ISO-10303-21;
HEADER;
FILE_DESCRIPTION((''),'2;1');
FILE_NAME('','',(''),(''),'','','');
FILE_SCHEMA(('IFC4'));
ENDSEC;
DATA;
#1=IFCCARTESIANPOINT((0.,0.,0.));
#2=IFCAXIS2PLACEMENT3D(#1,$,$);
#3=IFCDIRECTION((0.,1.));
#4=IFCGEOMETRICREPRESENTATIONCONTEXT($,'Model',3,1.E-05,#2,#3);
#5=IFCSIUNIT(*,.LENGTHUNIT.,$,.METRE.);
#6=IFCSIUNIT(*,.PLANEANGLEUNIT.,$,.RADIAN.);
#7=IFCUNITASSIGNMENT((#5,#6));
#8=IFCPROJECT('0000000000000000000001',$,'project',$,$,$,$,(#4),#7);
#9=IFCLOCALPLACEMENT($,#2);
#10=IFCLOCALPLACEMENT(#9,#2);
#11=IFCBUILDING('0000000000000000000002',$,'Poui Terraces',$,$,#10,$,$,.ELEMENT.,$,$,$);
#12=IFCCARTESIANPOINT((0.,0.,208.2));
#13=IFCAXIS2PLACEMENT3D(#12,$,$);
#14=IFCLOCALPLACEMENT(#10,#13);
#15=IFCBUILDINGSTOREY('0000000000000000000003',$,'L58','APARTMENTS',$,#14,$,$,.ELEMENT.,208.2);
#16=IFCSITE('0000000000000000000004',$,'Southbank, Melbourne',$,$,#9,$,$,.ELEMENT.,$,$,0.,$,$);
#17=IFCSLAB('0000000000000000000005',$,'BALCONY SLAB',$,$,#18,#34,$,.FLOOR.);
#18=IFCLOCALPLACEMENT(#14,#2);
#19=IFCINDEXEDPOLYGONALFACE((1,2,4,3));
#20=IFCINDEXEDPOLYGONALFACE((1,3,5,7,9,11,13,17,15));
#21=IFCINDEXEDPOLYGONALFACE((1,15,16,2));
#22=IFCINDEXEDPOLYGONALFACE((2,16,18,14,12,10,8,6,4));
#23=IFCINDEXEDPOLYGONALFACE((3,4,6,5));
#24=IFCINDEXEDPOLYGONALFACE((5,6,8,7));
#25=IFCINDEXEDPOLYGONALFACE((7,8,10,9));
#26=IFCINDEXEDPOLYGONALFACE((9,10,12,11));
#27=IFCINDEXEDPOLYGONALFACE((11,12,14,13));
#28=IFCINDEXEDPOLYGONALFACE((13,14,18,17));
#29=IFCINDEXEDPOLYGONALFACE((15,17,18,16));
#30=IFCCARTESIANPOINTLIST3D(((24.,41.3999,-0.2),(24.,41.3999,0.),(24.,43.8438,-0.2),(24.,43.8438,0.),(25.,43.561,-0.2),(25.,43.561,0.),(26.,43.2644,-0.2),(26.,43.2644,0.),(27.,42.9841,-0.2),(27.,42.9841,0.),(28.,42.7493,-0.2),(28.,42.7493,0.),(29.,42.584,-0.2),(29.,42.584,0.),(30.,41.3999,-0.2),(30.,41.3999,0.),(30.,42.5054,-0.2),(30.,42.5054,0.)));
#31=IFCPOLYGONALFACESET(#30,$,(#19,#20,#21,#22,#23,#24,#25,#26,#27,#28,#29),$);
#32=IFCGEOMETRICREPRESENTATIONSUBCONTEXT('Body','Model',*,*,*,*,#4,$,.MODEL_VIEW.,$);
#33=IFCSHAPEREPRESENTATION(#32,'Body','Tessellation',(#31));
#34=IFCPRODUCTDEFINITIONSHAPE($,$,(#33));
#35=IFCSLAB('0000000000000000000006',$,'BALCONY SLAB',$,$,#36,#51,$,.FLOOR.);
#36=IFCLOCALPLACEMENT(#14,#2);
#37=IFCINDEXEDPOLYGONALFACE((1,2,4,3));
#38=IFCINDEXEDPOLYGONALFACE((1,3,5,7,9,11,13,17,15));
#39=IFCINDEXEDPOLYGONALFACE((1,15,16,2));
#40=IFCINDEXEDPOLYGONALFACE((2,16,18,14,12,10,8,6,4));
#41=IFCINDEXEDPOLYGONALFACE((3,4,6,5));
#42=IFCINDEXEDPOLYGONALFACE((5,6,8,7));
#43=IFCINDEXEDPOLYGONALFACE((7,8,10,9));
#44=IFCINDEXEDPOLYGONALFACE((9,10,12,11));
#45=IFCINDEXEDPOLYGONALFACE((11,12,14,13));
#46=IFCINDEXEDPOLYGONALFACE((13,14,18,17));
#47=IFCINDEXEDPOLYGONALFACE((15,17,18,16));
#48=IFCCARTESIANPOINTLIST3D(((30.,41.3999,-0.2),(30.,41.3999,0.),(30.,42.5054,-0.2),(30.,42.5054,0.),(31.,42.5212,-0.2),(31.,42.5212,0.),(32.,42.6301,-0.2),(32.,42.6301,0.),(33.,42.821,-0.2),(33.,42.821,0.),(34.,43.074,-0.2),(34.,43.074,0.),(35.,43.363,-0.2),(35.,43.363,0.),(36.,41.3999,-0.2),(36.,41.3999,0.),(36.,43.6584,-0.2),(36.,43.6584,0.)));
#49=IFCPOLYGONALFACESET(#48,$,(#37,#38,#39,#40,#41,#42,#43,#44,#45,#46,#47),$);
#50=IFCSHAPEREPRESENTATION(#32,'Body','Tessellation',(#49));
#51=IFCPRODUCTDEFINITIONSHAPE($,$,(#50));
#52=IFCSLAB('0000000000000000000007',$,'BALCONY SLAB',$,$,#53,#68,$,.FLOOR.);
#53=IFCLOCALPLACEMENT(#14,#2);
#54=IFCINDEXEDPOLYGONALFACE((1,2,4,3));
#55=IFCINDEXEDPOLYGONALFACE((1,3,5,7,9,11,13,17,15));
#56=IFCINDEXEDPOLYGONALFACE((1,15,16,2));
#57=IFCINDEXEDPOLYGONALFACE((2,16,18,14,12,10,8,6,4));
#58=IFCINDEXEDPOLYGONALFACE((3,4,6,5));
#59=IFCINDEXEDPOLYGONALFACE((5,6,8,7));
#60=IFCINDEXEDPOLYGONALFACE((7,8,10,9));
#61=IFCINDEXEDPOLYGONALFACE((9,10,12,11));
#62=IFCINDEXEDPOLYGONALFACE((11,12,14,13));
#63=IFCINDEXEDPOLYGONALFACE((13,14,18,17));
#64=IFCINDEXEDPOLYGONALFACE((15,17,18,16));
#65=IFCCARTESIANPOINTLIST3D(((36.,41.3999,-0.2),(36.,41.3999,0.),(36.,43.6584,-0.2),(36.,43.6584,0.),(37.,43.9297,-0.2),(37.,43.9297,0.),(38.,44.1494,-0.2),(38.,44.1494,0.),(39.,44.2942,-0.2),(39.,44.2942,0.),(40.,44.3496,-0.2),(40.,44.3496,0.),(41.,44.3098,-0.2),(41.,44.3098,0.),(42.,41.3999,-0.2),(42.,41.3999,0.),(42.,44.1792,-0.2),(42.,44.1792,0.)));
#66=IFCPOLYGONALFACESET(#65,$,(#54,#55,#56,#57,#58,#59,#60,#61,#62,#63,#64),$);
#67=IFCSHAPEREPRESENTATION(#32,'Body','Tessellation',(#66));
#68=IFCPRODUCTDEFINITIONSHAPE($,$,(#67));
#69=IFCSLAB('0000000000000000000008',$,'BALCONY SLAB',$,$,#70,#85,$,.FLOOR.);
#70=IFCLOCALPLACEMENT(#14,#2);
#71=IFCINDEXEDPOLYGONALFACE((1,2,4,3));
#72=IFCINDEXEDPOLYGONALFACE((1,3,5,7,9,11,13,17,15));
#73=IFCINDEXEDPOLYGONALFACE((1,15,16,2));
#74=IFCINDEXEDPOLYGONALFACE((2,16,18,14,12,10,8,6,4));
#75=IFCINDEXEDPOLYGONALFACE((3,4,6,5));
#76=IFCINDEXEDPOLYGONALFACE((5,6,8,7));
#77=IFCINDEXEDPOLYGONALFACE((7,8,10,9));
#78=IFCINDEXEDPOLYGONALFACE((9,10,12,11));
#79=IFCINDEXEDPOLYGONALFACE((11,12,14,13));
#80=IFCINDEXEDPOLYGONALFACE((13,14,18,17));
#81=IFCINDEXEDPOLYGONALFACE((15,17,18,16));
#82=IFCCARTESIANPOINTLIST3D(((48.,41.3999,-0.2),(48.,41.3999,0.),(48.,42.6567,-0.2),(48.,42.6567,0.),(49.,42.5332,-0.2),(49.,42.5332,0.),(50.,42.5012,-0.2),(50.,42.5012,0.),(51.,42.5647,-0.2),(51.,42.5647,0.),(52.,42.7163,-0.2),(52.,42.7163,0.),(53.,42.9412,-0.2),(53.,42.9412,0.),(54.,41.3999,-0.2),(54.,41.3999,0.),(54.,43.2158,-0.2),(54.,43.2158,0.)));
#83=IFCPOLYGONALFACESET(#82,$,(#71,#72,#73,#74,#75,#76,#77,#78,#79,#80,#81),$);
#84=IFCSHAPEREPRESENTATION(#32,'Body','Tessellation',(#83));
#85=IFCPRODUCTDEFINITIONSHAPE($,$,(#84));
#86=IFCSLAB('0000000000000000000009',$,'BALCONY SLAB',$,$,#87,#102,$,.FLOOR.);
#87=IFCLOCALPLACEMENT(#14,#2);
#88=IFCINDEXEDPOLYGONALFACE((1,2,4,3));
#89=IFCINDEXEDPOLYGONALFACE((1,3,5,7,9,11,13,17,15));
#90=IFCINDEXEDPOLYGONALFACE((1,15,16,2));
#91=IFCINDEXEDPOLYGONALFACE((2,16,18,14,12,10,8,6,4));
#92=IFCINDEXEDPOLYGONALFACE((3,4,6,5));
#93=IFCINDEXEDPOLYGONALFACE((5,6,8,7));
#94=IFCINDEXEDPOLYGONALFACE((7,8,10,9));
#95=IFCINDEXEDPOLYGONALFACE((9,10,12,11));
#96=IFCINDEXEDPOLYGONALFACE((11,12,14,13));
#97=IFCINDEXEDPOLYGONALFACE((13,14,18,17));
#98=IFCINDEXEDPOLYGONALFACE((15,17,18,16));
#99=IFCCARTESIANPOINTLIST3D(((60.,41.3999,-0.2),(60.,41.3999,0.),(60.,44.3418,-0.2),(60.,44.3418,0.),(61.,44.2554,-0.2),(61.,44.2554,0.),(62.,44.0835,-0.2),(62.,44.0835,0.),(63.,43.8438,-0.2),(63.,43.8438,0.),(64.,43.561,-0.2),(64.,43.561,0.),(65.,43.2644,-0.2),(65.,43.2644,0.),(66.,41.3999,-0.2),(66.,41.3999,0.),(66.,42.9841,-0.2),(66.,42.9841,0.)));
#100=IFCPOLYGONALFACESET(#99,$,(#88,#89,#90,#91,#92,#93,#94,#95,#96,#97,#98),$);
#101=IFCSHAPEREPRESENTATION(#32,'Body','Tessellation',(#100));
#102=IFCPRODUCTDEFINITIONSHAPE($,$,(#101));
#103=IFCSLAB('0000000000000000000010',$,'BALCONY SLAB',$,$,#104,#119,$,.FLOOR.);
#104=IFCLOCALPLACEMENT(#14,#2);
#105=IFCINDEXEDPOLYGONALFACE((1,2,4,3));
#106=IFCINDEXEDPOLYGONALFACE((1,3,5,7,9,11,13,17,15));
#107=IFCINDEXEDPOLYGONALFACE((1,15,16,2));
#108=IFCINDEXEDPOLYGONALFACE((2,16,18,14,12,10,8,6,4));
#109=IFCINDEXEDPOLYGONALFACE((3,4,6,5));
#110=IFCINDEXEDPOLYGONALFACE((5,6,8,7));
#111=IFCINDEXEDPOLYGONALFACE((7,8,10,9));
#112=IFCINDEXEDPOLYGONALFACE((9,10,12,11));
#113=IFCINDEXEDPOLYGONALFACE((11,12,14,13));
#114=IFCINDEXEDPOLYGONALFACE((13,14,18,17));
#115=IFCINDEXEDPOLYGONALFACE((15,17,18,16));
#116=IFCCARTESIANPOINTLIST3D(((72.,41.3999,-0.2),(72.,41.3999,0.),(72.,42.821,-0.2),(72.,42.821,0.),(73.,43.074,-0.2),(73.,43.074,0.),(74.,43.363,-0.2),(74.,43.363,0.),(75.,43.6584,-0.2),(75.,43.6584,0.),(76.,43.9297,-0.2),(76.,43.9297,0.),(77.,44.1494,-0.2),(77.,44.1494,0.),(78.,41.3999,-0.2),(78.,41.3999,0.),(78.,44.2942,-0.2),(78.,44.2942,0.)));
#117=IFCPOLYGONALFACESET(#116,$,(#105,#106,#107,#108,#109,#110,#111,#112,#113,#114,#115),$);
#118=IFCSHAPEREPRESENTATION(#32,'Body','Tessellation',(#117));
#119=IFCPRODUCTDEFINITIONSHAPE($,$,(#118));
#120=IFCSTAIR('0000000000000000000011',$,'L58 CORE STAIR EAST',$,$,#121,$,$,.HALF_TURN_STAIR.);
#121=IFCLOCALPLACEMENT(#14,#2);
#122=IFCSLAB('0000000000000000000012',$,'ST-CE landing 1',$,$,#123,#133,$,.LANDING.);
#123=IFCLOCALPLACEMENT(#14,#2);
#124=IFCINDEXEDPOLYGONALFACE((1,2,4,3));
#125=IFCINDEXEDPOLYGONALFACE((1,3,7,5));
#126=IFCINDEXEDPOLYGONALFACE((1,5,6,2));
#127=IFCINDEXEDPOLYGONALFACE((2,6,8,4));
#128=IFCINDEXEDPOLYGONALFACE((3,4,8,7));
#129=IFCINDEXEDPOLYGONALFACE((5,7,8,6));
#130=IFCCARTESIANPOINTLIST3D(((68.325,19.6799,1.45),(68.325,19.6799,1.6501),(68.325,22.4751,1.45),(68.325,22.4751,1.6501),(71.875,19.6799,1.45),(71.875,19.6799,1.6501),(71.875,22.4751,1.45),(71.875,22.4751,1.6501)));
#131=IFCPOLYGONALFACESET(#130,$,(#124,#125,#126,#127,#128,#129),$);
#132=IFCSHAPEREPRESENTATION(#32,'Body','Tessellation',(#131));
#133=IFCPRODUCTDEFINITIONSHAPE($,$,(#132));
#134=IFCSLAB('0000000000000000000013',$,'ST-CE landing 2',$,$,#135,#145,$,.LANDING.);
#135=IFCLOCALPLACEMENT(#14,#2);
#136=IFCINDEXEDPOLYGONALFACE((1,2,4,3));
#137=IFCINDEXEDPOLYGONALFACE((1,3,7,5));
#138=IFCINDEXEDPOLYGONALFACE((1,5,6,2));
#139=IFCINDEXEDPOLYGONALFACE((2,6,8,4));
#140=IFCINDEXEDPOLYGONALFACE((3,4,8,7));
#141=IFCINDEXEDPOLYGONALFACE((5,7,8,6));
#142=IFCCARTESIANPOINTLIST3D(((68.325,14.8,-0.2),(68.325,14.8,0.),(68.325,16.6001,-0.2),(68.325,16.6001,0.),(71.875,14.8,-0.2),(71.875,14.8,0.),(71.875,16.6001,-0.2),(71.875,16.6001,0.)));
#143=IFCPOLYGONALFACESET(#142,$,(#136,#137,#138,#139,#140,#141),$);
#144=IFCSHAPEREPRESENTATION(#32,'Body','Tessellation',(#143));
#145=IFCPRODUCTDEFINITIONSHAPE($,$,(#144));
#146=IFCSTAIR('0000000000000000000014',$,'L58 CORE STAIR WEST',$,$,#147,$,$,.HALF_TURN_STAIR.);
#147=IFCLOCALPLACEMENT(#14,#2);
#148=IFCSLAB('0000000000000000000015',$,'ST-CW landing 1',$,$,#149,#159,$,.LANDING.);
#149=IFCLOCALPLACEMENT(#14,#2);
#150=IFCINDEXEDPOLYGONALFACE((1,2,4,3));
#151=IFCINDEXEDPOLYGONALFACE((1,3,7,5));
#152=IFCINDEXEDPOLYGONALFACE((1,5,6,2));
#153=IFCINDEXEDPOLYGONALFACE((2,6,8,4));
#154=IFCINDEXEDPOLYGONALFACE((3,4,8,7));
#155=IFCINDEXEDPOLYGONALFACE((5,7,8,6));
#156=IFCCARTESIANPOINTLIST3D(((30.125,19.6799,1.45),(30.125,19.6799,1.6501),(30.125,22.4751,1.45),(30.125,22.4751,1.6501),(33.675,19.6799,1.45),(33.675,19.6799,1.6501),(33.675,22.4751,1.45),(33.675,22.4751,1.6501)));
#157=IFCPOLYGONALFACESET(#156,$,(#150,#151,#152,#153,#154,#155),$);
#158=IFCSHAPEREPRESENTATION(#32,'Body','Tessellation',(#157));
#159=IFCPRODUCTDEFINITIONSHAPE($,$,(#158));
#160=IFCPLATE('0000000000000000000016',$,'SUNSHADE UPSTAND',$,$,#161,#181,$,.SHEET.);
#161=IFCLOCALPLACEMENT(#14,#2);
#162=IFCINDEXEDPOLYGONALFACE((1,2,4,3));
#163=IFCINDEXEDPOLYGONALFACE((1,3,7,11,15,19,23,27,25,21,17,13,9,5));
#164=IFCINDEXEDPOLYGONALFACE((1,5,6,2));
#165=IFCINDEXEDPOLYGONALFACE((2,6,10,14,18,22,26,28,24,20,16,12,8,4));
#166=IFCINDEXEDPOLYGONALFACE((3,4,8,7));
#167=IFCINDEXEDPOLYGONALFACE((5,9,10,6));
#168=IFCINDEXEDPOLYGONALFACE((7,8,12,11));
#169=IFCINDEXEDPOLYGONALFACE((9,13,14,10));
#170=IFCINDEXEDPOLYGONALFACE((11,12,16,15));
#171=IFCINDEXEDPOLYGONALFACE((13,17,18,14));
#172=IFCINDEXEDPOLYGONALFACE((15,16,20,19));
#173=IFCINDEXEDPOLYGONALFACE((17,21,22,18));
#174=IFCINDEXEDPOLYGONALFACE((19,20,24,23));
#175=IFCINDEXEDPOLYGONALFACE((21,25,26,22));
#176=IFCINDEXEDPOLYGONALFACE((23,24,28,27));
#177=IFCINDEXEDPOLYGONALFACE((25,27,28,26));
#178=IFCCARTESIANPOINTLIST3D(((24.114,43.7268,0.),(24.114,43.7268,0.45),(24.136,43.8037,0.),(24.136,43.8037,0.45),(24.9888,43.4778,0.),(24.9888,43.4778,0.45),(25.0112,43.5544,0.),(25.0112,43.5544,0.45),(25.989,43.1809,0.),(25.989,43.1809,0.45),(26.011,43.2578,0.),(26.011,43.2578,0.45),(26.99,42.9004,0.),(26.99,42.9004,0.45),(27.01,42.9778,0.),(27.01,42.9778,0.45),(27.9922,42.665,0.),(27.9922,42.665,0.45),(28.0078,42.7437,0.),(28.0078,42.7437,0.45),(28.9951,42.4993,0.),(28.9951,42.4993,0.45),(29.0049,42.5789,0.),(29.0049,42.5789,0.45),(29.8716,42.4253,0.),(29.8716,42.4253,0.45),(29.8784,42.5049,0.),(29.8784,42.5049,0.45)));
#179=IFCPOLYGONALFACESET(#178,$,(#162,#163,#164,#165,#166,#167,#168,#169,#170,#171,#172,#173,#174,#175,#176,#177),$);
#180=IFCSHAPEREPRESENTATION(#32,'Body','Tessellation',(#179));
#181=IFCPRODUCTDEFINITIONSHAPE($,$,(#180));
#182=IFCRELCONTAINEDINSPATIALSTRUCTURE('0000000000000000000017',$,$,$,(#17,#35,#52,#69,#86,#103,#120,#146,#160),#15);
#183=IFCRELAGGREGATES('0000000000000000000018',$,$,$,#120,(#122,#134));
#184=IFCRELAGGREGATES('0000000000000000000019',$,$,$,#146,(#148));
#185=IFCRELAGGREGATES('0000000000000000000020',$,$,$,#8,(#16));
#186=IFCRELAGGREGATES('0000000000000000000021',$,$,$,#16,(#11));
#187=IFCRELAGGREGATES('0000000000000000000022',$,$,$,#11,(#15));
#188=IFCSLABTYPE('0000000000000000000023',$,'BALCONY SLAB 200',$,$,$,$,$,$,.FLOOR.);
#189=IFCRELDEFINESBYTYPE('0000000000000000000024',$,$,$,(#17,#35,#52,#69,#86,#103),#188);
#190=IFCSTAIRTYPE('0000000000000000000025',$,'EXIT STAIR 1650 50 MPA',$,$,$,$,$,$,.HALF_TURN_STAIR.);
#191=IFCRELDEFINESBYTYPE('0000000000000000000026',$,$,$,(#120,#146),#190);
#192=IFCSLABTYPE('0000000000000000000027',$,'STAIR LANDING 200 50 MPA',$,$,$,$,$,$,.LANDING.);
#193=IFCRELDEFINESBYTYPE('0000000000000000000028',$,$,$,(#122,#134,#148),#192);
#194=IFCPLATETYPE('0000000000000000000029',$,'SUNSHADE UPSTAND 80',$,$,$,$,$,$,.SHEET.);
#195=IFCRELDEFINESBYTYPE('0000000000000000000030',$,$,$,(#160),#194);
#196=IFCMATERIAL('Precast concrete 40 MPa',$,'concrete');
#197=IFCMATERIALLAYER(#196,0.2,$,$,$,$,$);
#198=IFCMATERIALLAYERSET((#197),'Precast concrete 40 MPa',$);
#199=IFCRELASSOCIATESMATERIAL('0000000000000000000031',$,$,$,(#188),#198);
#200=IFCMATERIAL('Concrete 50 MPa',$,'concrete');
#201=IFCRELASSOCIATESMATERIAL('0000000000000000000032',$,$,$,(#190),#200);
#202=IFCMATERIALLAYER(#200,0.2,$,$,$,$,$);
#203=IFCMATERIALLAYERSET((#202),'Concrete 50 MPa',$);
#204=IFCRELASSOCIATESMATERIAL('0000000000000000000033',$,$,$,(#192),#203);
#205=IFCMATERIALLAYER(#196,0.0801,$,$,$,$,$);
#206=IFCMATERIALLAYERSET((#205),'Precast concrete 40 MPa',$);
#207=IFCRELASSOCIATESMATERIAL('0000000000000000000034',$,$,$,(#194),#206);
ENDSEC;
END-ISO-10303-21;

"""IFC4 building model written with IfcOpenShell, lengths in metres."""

from ifc_helpers import new_model, si_unit, direction, frame, origin, place, context, subcontext, project, spatial, polyline, outline, extrude, material, layer, layer_set, type_object, element, aggregate, save


model = new_model("IFC4")

# Units and contexts
model_context = context("Model", 3, precision=1e-05, world=origin(), true_north=direction((0.0, 1.0)))
body_context = subcontext(model_context, "Body", "Model", "MODEL_VIEW")
ifc_project = project(units=[si_unit("LENGTHUNIT", "METRE"), si_unit("PLANEANGLEUNIT", "RADIAN")], contexts=[model_context])

# Site, building, storey
site_placement = place(None, origin())
site = spatial("IfcSite", under=ifc_project, at=site_placement, Name="Southbank, Melbourne", CompositionType="ELEMENT", RefElevation=0.0)
building_placement = place(site_placement, origin())
building = spatial("IfcBuilding", under=site, at=building_placement, Name="Poui Terraces", CompositionType="ELEMENT")
storey_placement = place(building_placement, frame((0.0, 0.0, 208.2)))
storey = spatial("IfcBuildingStorey", under=building, at=storey_placement, Name="L58", Description="APARTMENTS", CompositionType="ELEMENT", Elevation=208.2)

# Slabs
ifc_material_1 = material(Name="Precast concrete 40 MPa", Category="concrete")
ifc_layer_1 = layer(ifc_material_1, 0.2)
ifc_layer_set_1 = layer_set([ifc_layer_1], Name="Precast concrete 40 MPa")
slab_type_1 = type_object("IfcSlabType", Name="BALCONY SLAB 200", PredefinedType="FLOOR", material=ifc_layer_set_1)
slab_1_placement = place(storey_placement, frame((0.0, 0.0, -0.2)))
element("IfcSlab", 1, at=slab_1_placement, inside=storey, type_object=slab_type_1, Name="BALCONY SLAB", PredefinedType="FLOOR", context=body_context, shape_type="SweptSolid", body=[
    extrude(outline(polyline([(24.0, 41.3999), (30.0, 41.3999), (30.0, 42.5054), (29.0, 42.584), (28.0, 42.7493), (27.0, 42.9841), (26.0, 43.2644), (25.0, 43.561), (24.0, 43.8438), (24.0, 41.3999)])), origin(), (0.0, 0.0, 1.0), 0.2),
])
slab_2_placement = place(storey_placement, frame((0.0, 0.0, -0.2)))
element("IfcSlab", 2, at=slab_2_placement, inside=storey, type_object=slab_type_1, Name="BALCONY SLAB", PredefinedType="FLOOR", context=body_context, shape_type="SweptSolid", body=[
    extrude(outline(polyline([(30.0, 41.3999), (36.0, 41.3999), (36.0, 43.6584), (35.0, 43.363), (34.0, 43.074), (33.0, 42.821), (32.0, 42.6301), (31.0, 42.5212), (30.0, 42.5054), (30.0, 41.3999)])), origin(), (0.0, 0.0, 1.0), 0.2),
])
slab_3_placement = place(storey_placement, frame((0.0, 0.0, -0.2)))
element("IfcSlab", 3, at=slab_3_placement, inside=storey, type_object=slab_type_1, Name="BALCONY SLAB", PredefinedType="FLOOR", context=body_context, shape_type="SweptSolid", body=[
    extrude(outline(polyline([(36.0, 41.3999), (42.0, 41.3999), (42.0, 44.1792), (41.0, 44.3098), (40.0, 44.3496), (39.0, 44.2942), (38.0, 44.1494), (37.0, 43.9297), (36.0, 43.6584), (36.0, 41.3999)])), origin(), (0.0, 0.0, 1.0), 0.2),
])
slab_4_placement = place(storey_placement, frame((0.0, 0.0, -0.2)))
element("IfcSlab", 4, at=slab_4_placement, inside=storey, type_object=slab_type_1, Name="BALCONY SLAB", PredefinedType="FLOOR", context=body_context, shape_type="SweptSolid", body=[
    extrude(outline(polyline([(48.0, 41.3999), (54.0, 41.3999), (54.0, 43.2158), (53.0, 42.9412), (52.0, 42.7163), (51.0, 42.5647), (50.0, 42.5012), (49.0, 42.5332), (48.0, 42.6567), (48.0, 41.3999)])), origin(), (0.0, 0.0, 1.0), 0.2),
])
slab_5_placement = place(storey_placement, frame((0.0, 0.0, -0.2)))
element("IfcSlab", 5, at=slab_5_placement, inside=storey, type_object=slab_type_1, Name="BALCONY SLAB", PredefinedType="FLOOR", context=body_context, shape_type="SweptSolid", body=[
    extrude(outline(polyline([(60.0, 41.3999), (66.0, 41.3999), (66.0, 42.9841), (65.0, 43.2644), (64.0, 43.561), (63.0, 43.8438), (62.0, 44.0835), (61.0, 44.2554), (60.0, 44.3418), (60.0, 41.3999)])), origin(), (0.0, 0.0, 1.0), 0.2),
])
slab_6_placement = place(storey_placement, frame((0.0, 0.0, -0.2)))
element("IfcSlab", 6, at=slab_6_placement, inside=storey, type_object=slab_type_1, Name="BALCONY SLAB", PredefinedType="FLOOR", context=body_context, shape_type="SweptSolid", body=[
    extrude(outline(polyline([(72.0, 41.3999), (78.0, 41.3999), (78.0, 44.2942), (77.0, 44.1494), (76.0, 43.9297), (75.0, 43.6584), (74.0, 43.363), (73.0, 43.074), (72.0, 42.821), (72.0, 41.3999)])), origin(), (0.0, 0.0, 1.0), 0.2),
])

# Stair, slabs
ifc_material_2 = material(Name="Concrete 50 MPa", Category="concrete")
stair_type = type_object("IfcStairType", Name="EXIT STAIR 1650 50 MPA", PredefinedType="HALF_TURN_STAIR", material=ifc_material_2)
stair_1_placement = place(storey_placement, origin())
stair_1 = element("IfcStair", 7, at=stair_1_placement, inside=storey, type_object=stair_type, Name="L58 CORE STAIR EAST", PredefinedType="HALF_TURN_STAIR")
ifc_layer_2 = layer(ifc_material_2, 0.2)
ifc_layer_set_2 = layer_set([ifc_layer_2], Name="Concrete 50 MPa")
slab_type_2 = type_object("IfcSlabType", Name="STAIR LANDING 200 50 MPA", PredefinedType="LANDING", material=ifc_layer_set_2)
slab_7_placement = place(storey_placement, frame((0.0, 0.0, 1.45)))
slab_7 = element("IfcSlab", 8, at=slab_7_placement, type_object=slab_type_2, Name="ST-CE landing 1", PredefinedType="LANDING", context=body_context, shape_type="SweptSolid", body=[
    extrude(outline(polyline([(68.325, 19.6799), (71.875, 19.6799), (71.875, 22.4751), (68.325, 22.4751), (68.325, 19.6799)])), origin(), (0.0, 0.0, 1.0), 0.2002),
])
slab_8_placement = place(storey_placement, frame((0.0, 0.0, -0.2)))
slab_8 = element("IfcSlab", 9, at=slab_8_placement, type_object=slab_type_2, Name="ST-CE landing 2", PredefinedType="LANDING", context=body_context, shape_type="SweptSolid", body=[
    extrude(outline(polyline([(68.325, 14.8), (71.875, 14.8), (71.875, 16.6001), (68.325, 16.6001), (68.325, 14.8)])), origin(), (0.0, 0.0, 1.0), 0.2),
])
aggregate(stair_1, [slab_7, slab_8])

# Stair, slab
stair_2_placement = place(storey_placement, origin())
stair_2 = element("IfcStair", 10, at=stair_2_placement, inside=storey, type_object=stair_type, Name="L58 CORE STAIR WEST", PredefinedType="HALF_TURN_STAIR")
slab_9_placement = place(storey_placement, frame((0.0, 0.0, 1.45)))
slab_9 = element("IfcSlab", 11, at=slab_9_placement, type_object=slab_type_2, Name="ST-CW landing 1", PredefinedType="LANDING", context=body_context, shape_type="SweptSolid", body=[
    extrude(outline(polyline([(30.125, 19.6799), (33.675, 19.6799), (33.675, 22.4751), (30.125, 22.4751), (30.125, 19.6799)])), origin(), (0.0, 0.0, 1.0), 0.2002),
])
aggregate(stair_2, [slab_9])

# Plate
ifc_layer_3 = layer(ifc_material_1, 0.0801)
ifc_layer_set_3 = layer_set([ifc_layer_3], Name="Precast concrete 40 MPa")
plate_type = type_object("IfcPlateType", Name="SUNSHADE UPSTAND 80", PredefinedType="SHEET", material=ifc_layer_set_3)
plate_1_placement = place(storey_placement, origin())
element("IfcPlate", 12, at=plate_1_placement, inside=storey, type_object=plate_type, Name="SUNSHADE UPSTAND", PredefinedType="SHEET", context=body_context, shape_type="SweptSolid", body=[
    extrude(outline(polyline([(25.0112, 43.5544), (24.136, 43.8037), (24.114, 43.7268), (24.9888, 43.4778), (25.989, 43.1809), (26.99, 42.9004), (27.9922, 42.665), (28.9951, 42.4993), (29.8716, 42.4253), (29.8784, 42.5049), (29.0049, 42.5789), (28.0078, 42.7437), (27.01, 42.9778), (26.011, 43.2578), (25.0112, 43.5544)])), origin(), (0.0, 0.0, 1.0), 0.45),
])

save(model, "model.ifc")
